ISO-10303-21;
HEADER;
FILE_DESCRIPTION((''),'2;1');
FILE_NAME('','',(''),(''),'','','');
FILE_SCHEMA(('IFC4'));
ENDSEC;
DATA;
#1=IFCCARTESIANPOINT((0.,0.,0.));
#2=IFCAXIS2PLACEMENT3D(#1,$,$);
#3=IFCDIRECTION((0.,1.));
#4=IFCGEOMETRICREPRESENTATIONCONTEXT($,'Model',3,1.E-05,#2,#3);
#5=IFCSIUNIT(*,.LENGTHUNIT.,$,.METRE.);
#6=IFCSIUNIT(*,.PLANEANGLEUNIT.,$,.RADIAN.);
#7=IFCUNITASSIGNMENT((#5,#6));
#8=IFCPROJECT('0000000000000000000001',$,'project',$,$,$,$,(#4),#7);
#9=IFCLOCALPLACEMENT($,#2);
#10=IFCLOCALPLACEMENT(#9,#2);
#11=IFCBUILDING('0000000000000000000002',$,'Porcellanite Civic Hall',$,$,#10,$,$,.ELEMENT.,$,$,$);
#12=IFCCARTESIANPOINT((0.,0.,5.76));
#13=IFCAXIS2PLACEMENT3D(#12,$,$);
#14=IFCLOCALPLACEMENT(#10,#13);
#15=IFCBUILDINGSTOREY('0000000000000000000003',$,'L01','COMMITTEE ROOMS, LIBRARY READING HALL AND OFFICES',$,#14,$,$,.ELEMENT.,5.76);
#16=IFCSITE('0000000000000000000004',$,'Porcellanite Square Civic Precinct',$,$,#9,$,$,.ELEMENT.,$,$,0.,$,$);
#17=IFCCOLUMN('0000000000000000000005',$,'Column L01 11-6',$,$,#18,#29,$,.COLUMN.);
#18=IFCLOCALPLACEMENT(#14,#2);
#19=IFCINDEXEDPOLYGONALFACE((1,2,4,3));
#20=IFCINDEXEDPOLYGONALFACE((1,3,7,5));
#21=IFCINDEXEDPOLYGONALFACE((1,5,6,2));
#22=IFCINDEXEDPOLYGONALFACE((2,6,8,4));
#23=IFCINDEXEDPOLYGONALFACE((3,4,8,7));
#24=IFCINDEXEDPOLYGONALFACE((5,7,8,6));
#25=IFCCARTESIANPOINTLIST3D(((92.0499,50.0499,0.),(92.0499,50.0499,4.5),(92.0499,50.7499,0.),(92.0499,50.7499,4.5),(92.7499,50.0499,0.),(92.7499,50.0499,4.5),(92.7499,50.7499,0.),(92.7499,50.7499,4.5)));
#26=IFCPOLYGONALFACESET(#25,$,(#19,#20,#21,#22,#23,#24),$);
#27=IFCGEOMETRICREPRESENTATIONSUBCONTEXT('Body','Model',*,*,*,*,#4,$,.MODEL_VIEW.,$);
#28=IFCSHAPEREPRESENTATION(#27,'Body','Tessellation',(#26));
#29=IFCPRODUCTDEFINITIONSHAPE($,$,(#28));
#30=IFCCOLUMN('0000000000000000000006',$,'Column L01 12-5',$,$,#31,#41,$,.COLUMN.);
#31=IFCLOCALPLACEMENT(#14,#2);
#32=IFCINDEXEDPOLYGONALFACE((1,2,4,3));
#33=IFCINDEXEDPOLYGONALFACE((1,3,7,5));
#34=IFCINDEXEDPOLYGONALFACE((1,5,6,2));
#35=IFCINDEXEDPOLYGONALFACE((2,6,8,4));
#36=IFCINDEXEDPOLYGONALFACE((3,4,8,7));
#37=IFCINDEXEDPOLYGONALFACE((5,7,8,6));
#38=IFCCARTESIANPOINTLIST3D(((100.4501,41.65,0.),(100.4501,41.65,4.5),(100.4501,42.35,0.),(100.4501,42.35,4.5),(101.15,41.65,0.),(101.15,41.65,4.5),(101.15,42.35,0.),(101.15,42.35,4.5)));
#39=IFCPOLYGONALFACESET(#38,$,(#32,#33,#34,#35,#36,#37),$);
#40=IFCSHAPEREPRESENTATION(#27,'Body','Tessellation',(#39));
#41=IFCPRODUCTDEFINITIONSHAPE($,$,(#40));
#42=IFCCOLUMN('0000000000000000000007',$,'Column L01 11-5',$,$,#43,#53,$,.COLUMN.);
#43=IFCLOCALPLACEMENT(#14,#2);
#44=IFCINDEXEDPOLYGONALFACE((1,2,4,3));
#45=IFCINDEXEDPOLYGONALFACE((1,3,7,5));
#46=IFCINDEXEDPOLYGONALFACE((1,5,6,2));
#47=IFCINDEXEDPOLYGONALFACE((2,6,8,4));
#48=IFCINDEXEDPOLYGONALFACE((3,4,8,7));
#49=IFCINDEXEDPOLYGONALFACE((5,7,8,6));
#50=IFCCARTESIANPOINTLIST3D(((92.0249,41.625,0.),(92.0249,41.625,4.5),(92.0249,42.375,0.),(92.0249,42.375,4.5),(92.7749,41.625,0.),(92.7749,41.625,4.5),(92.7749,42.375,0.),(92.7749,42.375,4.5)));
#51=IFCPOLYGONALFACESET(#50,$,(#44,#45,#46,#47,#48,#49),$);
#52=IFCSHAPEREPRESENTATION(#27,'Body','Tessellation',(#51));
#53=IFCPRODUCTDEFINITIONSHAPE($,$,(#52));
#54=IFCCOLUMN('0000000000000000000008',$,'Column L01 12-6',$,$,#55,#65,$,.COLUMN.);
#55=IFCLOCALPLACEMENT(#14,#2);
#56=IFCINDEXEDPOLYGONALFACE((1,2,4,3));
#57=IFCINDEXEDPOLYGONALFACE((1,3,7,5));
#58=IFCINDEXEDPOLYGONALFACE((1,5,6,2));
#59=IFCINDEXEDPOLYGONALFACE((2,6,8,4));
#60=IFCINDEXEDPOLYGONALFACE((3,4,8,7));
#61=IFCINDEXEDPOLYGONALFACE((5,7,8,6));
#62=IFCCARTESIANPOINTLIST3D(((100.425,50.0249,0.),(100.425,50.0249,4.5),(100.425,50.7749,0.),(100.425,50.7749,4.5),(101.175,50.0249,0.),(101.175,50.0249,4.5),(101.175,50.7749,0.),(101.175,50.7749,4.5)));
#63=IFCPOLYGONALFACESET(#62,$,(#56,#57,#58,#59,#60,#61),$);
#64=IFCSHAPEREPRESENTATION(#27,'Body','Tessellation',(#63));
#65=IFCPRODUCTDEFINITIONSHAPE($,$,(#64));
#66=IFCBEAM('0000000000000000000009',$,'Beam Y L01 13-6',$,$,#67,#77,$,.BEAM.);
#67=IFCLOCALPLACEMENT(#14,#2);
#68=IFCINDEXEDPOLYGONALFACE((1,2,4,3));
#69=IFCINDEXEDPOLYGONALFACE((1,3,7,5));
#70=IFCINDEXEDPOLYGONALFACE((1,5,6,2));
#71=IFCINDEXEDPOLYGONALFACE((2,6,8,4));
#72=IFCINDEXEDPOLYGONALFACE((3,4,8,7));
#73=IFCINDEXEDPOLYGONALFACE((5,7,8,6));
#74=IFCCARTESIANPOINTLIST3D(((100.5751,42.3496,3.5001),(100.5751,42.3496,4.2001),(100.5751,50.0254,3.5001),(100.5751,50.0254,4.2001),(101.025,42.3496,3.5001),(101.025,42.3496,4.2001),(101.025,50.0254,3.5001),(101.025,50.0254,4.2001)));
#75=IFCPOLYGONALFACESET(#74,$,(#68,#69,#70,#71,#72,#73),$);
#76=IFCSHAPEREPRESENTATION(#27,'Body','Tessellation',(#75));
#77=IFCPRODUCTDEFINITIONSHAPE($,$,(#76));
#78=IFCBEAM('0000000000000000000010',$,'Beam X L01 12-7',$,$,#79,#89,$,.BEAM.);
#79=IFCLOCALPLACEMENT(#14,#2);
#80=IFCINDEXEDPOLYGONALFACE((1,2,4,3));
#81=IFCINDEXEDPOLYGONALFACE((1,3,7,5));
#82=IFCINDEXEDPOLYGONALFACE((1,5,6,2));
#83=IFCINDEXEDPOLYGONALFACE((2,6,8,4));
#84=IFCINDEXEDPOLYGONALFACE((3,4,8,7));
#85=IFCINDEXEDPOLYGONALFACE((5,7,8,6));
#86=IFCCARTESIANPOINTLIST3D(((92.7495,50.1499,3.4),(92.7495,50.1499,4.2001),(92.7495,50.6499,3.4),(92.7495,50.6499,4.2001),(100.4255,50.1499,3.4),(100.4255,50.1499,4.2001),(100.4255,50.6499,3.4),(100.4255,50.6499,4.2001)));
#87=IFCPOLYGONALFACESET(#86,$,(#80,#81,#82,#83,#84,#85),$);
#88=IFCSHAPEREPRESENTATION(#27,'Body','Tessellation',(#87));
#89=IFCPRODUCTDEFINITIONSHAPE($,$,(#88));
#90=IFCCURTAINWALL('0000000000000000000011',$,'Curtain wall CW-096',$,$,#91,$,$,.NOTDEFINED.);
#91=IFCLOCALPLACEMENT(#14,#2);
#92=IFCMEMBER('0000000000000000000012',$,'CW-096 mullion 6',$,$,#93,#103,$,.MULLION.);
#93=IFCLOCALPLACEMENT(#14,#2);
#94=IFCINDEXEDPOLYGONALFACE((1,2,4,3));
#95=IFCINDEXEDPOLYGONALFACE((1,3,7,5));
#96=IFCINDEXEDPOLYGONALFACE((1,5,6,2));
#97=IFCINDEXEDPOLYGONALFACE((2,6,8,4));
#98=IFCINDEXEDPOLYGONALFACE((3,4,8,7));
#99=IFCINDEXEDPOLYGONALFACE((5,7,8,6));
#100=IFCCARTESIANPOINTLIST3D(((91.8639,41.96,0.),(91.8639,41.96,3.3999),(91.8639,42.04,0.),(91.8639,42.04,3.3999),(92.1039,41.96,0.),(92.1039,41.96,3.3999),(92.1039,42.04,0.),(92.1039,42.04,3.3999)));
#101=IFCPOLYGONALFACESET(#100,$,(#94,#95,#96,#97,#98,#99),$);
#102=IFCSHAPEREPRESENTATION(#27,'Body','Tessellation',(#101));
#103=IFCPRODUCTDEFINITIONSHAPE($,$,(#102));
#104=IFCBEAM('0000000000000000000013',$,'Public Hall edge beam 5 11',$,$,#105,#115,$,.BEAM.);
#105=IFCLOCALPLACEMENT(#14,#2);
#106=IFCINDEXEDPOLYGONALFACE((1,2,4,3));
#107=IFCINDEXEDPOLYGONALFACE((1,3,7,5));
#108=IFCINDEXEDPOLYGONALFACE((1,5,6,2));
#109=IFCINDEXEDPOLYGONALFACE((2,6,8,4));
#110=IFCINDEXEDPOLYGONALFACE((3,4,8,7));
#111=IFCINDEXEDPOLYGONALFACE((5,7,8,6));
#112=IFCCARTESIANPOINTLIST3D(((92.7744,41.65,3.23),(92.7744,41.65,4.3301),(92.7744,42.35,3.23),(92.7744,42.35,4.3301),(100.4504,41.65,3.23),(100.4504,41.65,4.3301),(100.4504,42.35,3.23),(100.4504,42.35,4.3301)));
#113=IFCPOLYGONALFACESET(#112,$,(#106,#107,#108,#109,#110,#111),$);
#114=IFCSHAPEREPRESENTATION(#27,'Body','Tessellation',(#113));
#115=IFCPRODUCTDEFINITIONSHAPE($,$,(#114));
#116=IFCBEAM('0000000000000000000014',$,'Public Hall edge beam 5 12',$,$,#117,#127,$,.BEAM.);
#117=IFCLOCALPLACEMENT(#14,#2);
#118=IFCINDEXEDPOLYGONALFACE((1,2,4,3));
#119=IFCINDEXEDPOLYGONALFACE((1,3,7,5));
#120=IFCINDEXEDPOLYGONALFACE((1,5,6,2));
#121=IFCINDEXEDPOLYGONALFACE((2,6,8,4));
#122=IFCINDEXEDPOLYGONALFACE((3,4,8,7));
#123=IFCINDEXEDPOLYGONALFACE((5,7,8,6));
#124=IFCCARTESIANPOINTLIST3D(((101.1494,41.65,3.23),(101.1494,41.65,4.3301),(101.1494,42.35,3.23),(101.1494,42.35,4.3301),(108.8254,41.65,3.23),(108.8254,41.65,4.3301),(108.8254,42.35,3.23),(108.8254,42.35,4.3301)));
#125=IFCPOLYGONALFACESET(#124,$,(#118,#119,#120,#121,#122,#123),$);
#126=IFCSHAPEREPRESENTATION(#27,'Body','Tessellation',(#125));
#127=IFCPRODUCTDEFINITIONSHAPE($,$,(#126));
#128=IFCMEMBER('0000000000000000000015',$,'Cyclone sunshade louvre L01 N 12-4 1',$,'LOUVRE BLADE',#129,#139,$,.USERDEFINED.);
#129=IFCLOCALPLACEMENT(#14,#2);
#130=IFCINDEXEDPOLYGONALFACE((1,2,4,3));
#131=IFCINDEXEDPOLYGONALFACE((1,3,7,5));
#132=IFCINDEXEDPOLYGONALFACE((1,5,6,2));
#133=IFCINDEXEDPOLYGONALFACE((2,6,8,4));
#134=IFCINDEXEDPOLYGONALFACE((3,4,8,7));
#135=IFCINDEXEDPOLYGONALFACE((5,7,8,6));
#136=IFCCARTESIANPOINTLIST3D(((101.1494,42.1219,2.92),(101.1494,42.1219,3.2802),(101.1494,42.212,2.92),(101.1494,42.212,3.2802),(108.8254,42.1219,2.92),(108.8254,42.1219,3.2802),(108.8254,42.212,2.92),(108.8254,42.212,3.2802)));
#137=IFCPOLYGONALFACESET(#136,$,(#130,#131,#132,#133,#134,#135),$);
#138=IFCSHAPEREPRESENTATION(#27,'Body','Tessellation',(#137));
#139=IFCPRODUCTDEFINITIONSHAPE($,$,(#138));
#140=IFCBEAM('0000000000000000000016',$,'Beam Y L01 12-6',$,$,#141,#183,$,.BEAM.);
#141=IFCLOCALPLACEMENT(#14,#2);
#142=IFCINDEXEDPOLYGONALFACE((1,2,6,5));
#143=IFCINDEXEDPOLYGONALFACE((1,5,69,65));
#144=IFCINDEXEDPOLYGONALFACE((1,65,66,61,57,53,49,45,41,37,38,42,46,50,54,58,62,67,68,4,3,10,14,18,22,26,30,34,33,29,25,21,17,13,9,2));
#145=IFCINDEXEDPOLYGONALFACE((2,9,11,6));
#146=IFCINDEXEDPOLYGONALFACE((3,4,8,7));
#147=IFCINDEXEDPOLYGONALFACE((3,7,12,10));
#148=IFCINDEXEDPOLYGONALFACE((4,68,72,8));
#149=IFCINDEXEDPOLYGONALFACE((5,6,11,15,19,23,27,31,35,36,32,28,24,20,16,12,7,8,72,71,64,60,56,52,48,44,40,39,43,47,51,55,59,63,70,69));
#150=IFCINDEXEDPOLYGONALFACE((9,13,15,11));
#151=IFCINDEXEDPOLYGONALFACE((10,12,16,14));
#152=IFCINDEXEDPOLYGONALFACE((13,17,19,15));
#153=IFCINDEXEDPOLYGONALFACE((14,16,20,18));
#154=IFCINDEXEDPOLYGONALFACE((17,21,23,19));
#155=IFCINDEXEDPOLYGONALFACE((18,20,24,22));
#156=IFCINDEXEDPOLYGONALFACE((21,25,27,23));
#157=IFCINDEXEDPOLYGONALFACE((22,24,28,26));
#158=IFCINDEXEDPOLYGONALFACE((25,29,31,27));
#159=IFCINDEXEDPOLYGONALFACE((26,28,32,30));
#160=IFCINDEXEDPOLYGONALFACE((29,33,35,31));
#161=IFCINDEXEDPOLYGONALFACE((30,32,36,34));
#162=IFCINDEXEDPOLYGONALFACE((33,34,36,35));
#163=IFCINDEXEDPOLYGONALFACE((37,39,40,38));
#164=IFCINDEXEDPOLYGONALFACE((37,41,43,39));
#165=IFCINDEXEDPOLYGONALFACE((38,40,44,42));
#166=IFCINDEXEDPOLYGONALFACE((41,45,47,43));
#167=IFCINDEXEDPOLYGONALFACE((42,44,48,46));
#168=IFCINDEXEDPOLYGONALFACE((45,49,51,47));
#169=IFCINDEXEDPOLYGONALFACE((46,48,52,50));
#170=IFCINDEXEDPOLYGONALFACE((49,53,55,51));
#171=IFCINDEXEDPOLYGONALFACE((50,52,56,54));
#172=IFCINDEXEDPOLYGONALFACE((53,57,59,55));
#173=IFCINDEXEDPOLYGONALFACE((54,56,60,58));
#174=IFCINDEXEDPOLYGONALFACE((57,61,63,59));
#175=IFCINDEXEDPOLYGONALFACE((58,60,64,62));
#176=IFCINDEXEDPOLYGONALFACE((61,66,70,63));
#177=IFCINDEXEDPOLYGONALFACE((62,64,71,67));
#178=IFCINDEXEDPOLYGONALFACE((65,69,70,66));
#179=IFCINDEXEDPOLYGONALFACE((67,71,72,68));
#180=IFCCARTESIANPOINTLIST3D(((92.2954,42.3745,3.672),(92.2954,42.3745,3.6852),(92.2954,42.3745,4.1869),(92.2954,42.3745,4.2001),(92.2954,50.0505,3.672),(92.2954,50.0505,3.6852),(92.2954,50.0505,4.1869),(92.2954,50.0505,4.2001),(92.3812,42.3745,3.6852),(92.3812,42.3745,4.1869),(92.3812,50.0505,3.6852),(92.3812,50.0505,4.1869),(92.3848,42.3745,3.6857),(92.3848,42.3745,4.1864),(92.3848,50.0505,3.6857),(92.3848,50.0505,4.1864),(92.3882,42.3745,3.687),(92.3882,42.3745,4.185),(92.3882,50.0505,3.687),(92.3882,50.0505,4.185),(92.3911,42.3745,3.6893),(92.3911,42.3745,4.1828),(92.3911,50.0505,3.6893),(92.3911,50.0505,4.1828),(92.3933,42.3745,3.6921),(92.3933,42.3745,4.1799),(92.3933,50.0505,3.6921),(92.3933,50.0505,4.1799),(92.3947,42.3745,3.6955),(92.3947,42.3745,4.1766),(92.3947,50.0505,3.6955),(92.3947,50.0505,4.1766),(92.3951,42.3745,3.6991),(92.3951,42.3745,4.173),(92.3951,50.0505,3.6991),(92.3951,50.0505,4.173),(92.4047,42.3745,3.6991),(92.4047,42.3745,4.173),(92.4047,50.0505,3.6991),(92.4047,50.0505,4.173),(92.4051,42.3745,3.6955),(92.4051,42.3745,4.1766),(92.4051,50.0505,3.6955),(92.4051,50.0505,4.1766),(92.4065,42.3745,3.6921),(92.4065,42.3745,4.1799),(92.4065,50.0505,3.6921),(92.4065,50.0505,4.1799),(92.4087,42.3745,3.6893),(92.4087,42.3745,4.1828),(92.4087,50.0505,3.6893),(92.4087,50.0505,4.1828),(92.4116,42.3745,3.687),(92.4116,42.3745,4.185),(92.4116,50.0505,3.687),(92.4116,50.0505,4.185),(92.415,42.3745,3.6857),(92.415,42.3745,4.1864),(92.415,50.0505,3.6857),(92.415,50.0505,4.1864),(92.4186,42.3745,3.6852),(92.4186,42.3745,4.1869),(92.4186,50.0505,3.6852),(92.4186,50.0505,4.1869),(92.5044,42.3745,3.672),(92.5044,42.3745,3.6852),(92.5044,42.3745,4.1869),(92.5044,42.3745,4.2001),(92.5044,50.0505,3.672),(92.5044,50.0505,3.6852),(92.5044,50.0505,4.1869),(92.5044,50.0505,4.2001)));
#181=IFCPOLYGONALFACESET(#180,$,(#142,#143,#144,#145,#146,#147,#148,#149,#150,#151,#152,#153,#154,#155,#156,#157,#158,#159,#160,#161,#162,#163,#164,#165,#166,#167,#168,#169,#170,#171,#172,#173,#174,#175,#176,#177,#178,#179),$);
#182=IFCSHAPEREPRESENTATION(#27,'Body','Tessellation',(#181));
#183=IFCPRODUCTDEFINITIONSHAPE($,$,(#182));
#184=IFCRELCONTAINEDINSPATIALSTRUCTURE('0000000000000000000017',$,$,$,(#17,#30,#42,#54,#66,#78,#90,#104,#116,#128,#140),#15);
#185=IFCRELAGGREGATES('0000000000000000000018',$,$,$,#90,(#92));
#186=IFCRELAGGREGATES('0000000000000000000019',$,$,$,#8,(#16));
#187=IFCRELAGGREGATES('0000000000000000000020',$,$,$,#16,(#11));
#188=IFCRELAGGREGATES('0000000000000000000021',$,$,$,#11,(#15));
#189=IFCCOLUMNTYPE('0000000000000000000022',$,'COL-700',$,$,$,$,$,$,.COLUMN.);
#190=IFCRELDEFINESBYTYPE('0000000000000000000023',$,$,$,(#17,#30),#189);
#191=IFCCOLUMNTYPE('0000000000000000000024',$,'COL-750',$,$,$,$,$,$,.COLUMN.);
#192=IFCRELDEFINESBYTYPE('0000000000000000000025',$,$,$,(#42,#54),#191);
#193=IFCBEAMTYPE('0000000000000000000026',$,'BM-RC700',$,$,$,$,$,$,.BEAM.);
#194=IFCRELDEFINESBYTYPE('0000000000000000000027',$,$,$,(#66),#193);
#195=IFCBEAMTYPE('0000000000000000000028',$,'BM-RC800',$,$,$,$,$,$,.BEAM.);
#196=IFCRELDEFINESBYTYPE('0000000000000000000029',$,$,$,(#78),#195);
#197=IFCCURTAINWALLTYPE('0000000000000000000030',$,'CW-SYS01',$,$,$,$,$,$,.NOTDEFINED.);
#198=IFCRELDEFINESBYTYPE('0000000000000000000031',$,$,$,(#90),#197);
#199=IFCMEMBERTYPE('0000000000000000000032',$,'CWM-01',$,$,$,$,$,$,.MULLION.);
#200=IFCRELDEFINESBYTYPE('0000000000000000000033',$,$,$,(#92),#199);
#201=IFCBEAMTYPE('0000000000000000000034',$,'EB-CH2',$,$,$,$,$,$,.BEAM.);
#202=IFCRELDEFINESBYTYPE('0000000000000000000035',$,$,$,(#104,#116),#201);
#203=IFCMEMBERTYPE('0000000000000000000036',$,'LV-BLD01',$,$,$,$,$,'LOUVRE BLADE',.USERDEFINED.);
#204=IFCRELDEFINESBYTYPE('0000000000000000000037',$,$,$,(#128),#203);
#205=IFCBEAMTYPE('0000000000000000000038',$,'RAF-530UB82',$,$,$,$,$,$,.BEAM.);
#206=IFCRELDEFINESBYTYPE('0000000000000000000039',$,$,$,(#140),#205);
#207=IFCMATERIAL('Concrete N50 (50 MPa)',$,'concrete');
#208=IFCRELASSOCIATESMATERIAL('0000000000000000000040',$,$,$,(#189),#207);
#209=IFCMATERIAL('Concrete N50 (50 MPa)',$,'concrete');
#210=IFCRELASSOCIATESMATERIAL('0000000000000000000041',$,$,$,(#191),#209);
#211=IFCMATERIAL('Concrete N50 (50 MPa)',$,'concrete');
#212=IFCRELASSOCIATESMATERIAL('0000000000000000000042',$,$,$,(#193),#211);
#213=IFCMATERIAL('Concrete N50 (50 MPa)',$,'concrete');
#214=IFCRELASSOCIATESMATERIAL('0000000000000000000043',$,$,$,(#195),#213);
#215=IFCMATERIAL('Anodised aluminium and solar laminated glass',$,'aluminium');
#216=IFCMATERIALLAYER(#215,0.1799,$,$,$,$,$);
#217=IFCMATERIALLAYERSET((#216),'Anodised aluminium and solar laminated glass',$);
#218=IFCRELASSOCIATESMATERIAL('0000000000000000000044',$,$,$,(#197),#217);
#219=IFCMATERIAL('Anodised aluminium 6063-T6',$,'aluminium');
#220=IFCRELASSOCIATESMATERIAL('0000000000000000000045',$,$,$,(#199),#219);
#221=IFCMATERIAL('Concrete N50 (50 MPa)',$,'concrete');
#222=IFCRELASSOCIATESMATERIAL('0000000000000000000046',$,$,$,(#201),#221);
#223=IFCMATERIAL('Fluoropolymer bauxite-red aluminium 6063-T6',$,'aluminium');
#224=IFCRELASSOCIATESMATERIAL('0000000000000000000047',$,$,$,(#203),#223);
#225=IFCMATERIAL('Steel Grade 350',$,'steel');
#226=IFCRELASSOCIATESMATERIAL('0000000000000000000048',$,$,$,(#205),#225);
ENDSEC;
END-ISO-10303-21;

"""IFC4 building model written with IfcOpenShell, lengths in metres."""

from ifc_helpers import new_model, si_unit, direction, frame, origin, origin_2d, place, context, subcontext, project, spatial, rectangle, i_section, extrude, material, layer, layer_set, material_profile, profile_set, type_object, element, aggregate, save


model = new_model("IFC4")

# Units and contexts
model_context = context("Model", 3, precision=1e-05, world=origin(), true_north=direction((0.0, 1.0)))
body_context = subcontext(model_context, "Body", "Model", "MODEL_VIEW")
ifc_project = project(units=[si_unit("LENGTHUNIT", "METRE"), si_unit("PLANEANGLEUNIT", "RADIAN")], contexts=[model_context])

# Site, building, storey
site_placement = place(None, origin())
site = spatial("IfcSite", under=ifc_project, at=site_placement, Name="Porcellanite Square Civic Precinct", CompositionType="ELEMENT", RefElevation=0.0)
building_placement = place(site_placement, origin())
building = spatial("IfcBuilding", under=site, at=building_placement, Name="Porcellanite Civic Hall", CompositionType="ELEMENT")
storey_placement = place(building_placement, frame((0.0, 0.0, 5.76)))
storey = spatial("IfcBuildingStorey", under=building, at=storey_placement, Name="L01", Description="COMMITTEE ROOMS, LIBRARY READING HALL AND OFFICES", CompositionType="ELEMENT", Elevation=5.76)

# Columns
ifc_material_1 = material(Name="Concrete N50 (50 MPa)", Category="concrete")
ifc_material_profile_1 = material_profile(ifc_material_1, rectangle(XDim=0.7, YDim=0.7, at=origin_2d()), Name="RC-700x700")
ifc_profile_set_1 = profile_set([ifc_material_profile_1], Name="Concrete N50 (50 MPa)")
column_type_1 = type_object("IfcColumnType", Name="COL-700", PredefinedType="COLUMN", material=ifc_profile_set_1)
for number, where, z_axis, x_axis, name in (
    (1, (92.3999, 50.3999, 0.0), (0.0, 0.0, 1.0), (1.0, 0.0, 0.0), "Column L01 11-6"),
    (2, (100.8, 42.0, 0.0), (0.0, 0.0, 1.0), (1.0, 0.0, 0.0), "Column L01 12-5"),
):
    element("IfcColumn", number, at=place(storey_placement, frame(where, z_axis=z_axis, x_axis=x_axis)), inside=storey, type_object=column_type_1, Name=name, PredefinedType="COLUMN", context=body_context, shape_type="SweptSolid", body=[
        extrude(rectangle(XDim=0.7, YDim=0.7, at=origin_2d()), origin(), (0.0, 0.0, 1.0), 4.5),
    ])
ifc_material_2 = material(Name="Concrete N50 (50 MPa)", Category="concrete")
ifc_material_profile_2 = material_profile(ifc_material_2, rectangle(XDim=0.75, YDim=0.75, at=origin_2d()), Name="RC-750x750")
ifc_profile_set_2 = profile_set([ifc_material_profile_2], Name="Concrete N50 (50 MPa)")
column_type_2 = type_object("IfcColumnType", Name="COL-750", PredefinedType="COLUMN", material=ifc_profile_set_2)
for number, where, z_axis, x_axis, name in (
    (3, (92.3999, 42.0, 0.0), (0.0, 0.0, 1.0), (1.0, 0.0, 0.0), "Column L01 11-5"),
    (4, (100.8, 50.3999, 0.0), (0.0, 0.0, 1.0), (1.0, 0.0, 0.0), "Column L01 12-6"),
):
    element("IfcColumn", number, at=place(storey_placement, frame(where, z_axis=z_axis, x_axis=x_axis)), inside=storey, type_object=column_type_2, Name=name, PredefinedType="COLUMN", context=body_context, shape_type="SweptSolid", body=[
        extrude(rectangle(XDim=0.75, YDim=0.75, at=origin_2d()), origin(), (0.0, 0.0, 1.0), 4.5),
    ])

# Beams
ifc_material_3 = material(Name="Concrete N50 (50 MPa)", Category="concrete")
ifc_material_profile_3 = material_profile(ifc_material_3, rectangle(XDim=0.45, YDim=0.7, at=origin_2d()), Name="RC-450x700")
ifc_profile_set_3 = profile_set([ifc_material_profile_3], Name="Concrete N50 (50 MPa)")
beam_type_1 = type_object("IfcBeamType", Name="BM-RC700", PredefinedType="BEAM", material=ifc_profile_set_3)
beam_1_placement = place(storey_placement, frame((100.8, 42.3496, 3.8501), z_axis=(0.0, 1.0, 0.0), x_axis=(-1.0, 0.0, 0.0)))
element("IfcBeam", 5, at=beam_1_placement, inside=storey, type_object=beam_type_1, Name="Beam Y L01 13-6", PredefinedType="BEAM", context=body_context, shape_type="SweptSolid", body=[
    extrude(rectangle(XDim=0.45, YDim=0.7, at=origin_2d()), origin(), (0.0, 0.0, 1.0), 7.6758),
])
ifc_material_4 = material(Name="Concrete N50 (50 MPa)", Category="concrete")
ifc_material_profile_4 = material_profile(ifc_material_4, rectangle(XDim=0.5, YDim=0.8, at=origin_2d()), Name="RC-500x800")
ifc_profile_set_4 = profile_set([ifc_material_profile_4], Name="Concrete N50 (50 MPa)")
beam_type_2 = type_object("IfcBeamType", Name="BM-RC800", PredefinedType="BEAM", material=ifc_profile_set_4)
beam_2_placement = place(storey_placement, frame((92.7495, 50.3999, 3.8), z_axis=(1.0, 0.0, 0.0), x_axis=(0.0, 1.0, 0.0)))
element("IfcBeam", 6, at=beam_2_placement, inside=storey, type_object=beam_type_2, Name="Beam X L01 12-7", PredefinedType="BEAM", context=body_context, shape_type="SweptSolid", body=[
    extrude(rectangle(XDim=0.5, YDim=0.8, at=origin_2d()), origin(), (0.0, 0.0, 1.0), 7.676),
])

# Curtain wall, member
ifc_material_5 = material(Name="Anodised aluminium and solar laminated glass", Category="aluminium")
ifc_layer_1 = layer(ifc_material_5, 0.1799)
ifc_layer_set_1 = layer_set([ifc_layer_1], Name="Anodised aluminium and solar laminated glass")
curtain_wall_type = type_object("IfcCurtainWallType", Name="CW-SYS01", PredefinedType="NOTDEFINED", material=ifc_layer_set_1)
curtain_wall_placement = place(storey_placement, origin())
curtain_wall = element("IfcCurtainWall", 7, at=curtain_wall_placement, inside=storey, type_object=curtain_wall_type, Name="Curtain wall CW-096", PredefinedType="NOTDEFINED")
ifc_material_6 = material(Name="Anodised aluminium 6063-T6", Category="aluminium")
ifc_material_profile_5 = material_profile(ifc_material_6, rectangle(XDim=0.0801, YDim=0.24, at=origin_2d()), Name="AL-80x240")
ifc_profile_set_5 = profile_set([ifc_material_profile_5], Name="Anodised aluminium 6063-T6")
member_type_1 = type_object("IfcMemberType", Name="CWM-01", PredefinedType="MULLION", material=ifc_profile_set_5)
member_1_placement = place(storey_placement, frame((91.9839, 42.0, 0.0), z_axis=(0.0, 0.0, 1.0), x_axis=(0.0, 1.0, 0.0)))
member_1 = element("IfcMember", 8, at=member_1_placement, type_object=member_type_1, Name="CW-096 mullion 6", PredefinedType="MULLION", context=body_context, shape_type="SweptSolid", body=[
    extrude(rectangle(XDim=0.0801, YDim=0.24, at=origin_2d()), origin(), (0.0, 0.0, 1.0), 3.3999),
])

# Beams
ifc_material_7 = material(Name="Concrete N50 (50 MPa)", Category="concrete")
ifc_material_profile_6 = material_profile(ifc_material_7, rectangle(XDim=0.7, YDim=1.1001, at=origin_2d()), Name="RC-700x1100")
ifc_profile_set_6 = profile_set([ifc_material_profile_6], Name="Concrete N50 (50 MPa)")
beam_type_3 = type_object("IfcBeamType", Name="EB-CH2", PredefinedType="BEAM", material=ifc_profile_set_6)
for number, where, z_axis, x_axis, name in (
    (9, (92.7744, 42.0, 3.78), (1.0, 0.0, 0.0), (0.0, 1.0, 0.0), "Public Hall edge beam 5 11"),
    (10, (101.1494, 42.0, 3.78), (1.0, 0.0, 0.0), (0.0, 1.0, 0.0), "Public Hall edge beam 5 12"),
):
    element("IfcBeam", number, at=place(storey_placement, frame(where, z_axis=z_axis, x_axis=x_axis)), inside=storey, type_object=beam_type_3, Name=name, PredefinedType="BEAM", context=body_context, shape_type="SweptSolid", body=[
        extrude(rectangle(XDim=0.7, YDim=1.1001, at=origin_2d()), origin(), (0.0, 0.0, 1.0), 7.676),
    ])

# Member
ifc_material_8 = material(Name="Fluoropolymer bauxite-red aluminium 6063-T6", Category="aluminium")
ifc_material_profile_7 = material_profile(ifc_material_8, rectangle(XDim=0.0901, YDim=0.3601, at=origin_2d()), Name="AL-90x360")
ifc_profile_set_7 = profile_set([ifc_material_profile_7], Name="Fluoropolymer bauxite-red aluminium 6063-T6")
member_type_2 = type_object("IfcMemberType", Name="LV-BLD01", ElementType="LOUVRE BLADE", PredefinedType="USERDEFINED", material=ifc_profile_set_7)
member_2_placement = place(storey_placement, frame((101.1494, 42.167, 3.1001), z_axis=(1.0, 0.0, 0.0), x_axis=(0.0, 1.0, 0.0)))
element("IfcMember", 11, at=member_2_placement, inside=storey, type_object=member_type_2, Name="Cyclone sunshade louvre L01 N 12-4 1", ObjectType="LOUVRE BLADE", PredefinedType="USERDEFINED", context=body_context, shape_type="SweptSolid", body=[
    extrude(rectangle(XDim=0.0901, YDim=0.3601, at=origin_2d()), origin(), (0.0, 0.0, 1.0), 7.676),
])

# Beam
ifc_material_9 = material(Name="Steel Grade 350", Category="steel")
ifc_material_profile_8 = material_profile(ifc_material_9, i_section(OverallWidth=0.209, OverallDepth=0.5281, WebThickness=0.0095, FlangeThickness=0.0132, FilletRadius=0.0139, at=origin_2d()), Name="530UB82.0")
ifc_profile_set_8 = profile_set([ifc_material_profile_8], Name="Steel Grade 350")
beam_type_4 = type_object("IfcBeamType", Name="RAF-530UB82", PredefinedType="BEAM", material=ifc_profile_set_8)
beam_3_placement = place(storey_placement, frame((92.3999, 42.3745, 3.936), z_axis=(0.0, 1.0, 0.0), x_axis=(-1.0, 0.0, 0.0)))
element("IfcBeam", 12, at=beam_3_placement, inside=storey, type_object=beam_type_4, Name="Beam Y L01 12-6", PredefinedType="BEAM", context=body_context, shape_type="SweptSolid", body=[
    extrude(i_section(OverallWidth=0.209, OverallDepth=0.5281, WebThickness=0.0095, FlangeThickness=0.0132, FilletRadius=0.0139, at=origin_2d()), origin(), (0.0, 0.0, 1.0), 7.676),
])

aggregate(curtain_wall, [member_1])

save(model, "model.ifc")
